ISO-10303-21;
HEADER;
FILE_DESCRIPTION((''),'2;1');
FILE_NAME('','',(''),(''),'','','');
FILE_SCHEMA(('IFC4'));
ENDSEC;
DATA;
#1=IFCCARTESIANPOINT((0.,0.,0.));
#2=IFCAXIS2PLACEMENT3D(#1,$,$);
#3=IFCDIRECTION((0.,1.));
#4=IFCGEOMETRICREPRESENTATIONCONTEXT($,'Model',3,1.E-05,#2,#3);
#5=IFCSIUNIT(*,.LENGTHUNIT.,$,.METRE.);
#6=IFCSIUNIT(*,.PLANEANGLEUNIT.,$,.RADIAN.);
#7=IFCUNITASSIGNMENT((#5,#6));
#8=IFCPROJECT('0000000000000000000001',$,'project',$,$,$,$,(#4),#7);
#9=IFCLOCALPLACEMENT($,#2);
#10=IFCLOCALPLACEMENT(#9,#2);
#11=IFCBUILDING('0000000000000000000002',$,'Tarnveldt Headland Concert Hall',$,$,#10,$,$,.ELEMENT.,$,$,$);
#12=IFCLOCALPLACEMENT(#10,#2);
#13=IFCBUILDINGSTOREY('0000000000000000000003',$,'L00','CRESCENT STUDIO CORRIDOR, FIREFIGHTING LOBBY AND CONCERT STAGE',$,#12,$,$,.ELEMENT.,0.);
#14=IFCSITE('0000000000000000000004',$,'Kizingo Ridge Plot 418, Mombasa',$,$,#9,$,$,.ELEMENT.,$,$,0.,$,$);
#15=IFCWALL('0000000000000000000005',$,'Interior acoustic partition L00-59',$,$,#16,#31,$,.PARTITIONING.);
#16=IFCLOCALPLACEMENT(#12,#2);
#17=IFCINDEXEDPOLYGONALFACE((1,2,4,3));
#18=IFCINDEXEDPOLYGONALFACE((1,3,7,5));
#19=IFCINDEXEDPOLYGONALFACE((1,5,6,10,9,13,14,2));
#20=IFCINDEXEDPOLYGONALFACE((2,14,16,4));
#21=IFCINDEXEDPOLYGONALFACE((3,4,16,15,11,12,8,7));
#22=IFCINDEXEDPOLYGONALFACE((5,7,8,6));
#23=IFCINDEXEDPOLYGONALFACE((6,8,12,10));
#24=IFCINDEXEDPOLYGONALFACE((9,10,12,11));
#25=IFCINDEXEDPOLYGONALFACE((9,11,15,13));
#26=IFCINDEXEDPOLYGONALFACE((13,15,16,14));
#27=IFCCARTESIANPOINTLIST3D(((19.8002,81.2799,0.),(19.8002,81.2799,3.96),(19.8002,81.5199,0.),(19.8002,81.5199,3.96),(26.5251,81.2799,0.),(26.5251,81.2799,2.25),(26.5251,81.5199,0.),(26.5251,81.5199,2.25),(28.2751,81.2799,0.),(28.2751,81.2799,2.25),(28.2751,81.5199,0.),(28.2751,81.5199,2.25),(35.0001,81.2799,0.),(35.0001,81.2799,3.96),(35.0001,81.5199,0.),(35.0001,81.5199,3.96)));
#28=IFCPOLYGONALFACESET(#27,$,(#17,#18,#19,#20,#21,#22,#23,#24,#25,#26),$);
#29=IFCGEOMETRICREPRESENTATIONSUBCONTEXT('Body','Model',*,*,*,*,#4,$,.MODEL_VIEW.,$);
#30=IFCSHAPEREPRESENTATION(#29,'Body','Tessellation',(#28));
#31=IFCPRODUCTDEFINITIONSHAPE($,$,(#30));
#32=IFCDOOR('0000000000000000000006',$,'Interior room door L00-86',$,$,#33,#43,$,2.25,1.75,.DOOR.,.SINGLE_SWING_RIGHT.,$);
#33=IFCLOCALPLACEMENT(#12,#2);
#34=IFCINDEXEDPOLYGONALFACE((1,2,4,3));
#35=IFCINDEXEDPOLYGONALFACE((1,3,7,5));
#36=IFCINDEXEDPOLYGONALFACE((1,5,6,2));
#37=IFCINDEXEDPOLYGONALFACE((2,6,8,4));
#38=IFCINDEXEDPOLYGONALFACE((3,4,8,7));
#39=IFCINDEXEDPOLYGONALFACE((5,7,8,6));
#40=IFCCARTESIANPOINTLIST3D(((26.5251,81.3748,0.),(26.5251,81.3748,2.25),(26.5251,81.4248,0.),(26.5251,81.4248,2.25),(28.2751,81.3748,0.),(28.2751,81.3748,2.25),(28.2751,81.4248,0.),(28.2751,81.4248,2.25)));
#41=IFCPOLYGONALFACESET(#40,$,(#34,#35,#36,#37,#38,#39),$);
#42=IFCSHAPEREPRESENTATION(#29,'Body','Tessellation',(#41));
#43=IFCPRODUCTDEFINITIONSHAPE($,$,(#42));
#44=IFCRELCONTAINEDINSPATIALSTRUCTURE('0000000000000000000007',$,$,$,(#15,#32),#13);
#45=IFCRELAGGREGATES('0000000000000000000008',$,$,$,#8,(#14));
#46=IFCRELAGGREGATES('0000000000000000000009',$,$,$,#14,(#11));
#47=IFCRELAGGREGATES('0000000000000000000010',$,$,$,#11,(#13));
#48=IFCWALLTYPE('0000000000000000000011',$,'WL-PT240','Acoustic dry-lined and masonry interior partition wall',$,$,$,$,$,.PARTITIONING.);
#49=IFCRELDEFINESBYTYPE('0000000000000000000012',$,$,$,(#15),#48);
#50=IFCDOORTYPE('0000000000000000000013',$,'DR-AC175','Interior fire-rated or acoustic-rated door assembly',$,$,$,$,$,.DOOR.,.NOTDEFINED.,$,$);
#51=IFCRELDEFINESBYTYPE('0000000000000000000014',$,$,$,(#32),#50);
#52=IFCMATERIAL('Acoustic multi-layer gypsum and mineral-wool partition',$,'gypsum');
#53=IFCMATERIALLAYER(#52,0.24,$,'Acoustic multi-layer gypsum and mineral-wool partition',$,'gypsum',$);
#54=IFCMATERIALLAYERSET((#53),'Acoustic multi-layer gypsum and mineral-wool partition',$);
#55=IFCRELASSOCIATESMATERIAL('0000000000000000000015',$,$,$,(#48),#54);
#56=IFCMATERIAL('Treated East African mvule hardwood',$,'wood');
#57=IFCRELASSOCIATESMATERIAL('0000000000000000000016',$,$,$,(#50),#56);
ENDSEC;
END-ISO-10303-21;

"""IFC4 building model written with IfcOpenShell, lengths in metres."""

from ifc_helpers import new_model, si_unit, direction, frame, frame_2d, origin, place, context, subcontext, project, spatial, rectangle, extrude, material, layer, layer_set, type_object, element, fill, save


model = new_model("IFC4")

# Units and contexts
model_context = context("Model", 3, precision=1e-05, world=origin(), true_north=direction((0.0, 1.0)))
body_context = subcontext(model_context, "Body", "Model", "MODEL_VIEW")
ifc_project = project(units=[si_unit("LENGTHUNIT", "METRE"), si_unit("PLANEANGLEUNIT", "RADIAN")], contexts=[model_context])

# Site, building, storey
site_placement = place(None, origin())
site = spatial("IfcSite", under=ifc_project, at=site_placement, Name="Kizingo Ridge Plot 418, Mombasa", CompositionType="ELEMENT", RefElevation=0.0)
building_placement = place(site_placement, origin())
building = spatial("IfcBuilding", under=site, at=building_placement, Name="Tarnveldt Headland Concert Hall", CompositionType="ELEMENT")
storey_placement = place(building_placement, origin())
storey = spatial("IfcBuildingStorey", under=building, at=storey_placement, Name="L00", Description="CRESCENT STUDIO CORRIDOR, FIREFIGHTING LOBBY AND CONCERT STAGE", CompositionType="ELEMENT", Elevation=0.0)

# Wall, opening, door
ifc_material_1 = material(Name="Acoustic multi-layer gypsum and mineral-wool partition", Category="gypsum")
ifc_material_2 = material(Name="Treated East African mvule hardwood", Category="wood")
ifc_layer_1 = layer(ifc_material_1, 0.24, Name="Acoustic multi-layer gypsum and mineral-wool partition", Category="gypsum")
ifc_layer_set_1 = layer_set([ifc_layer_1], Name="Acoustic multi-layer gypsum and mineral-wool partition")
wall_type_1 = type_object("IfcWallType", Name="WL-PT240", Description="Acoustic dry-lined and masonry interior partition wall", PredefinedType="PARTITIONING", material=ifc_layer_set_1)
wall_1_placement = place(storey_placement, frame((19.8, 81.3999, 0.0), z_axis=(0.0, 0.0, 1.0), x_axis=(1.0, 0.0, 0.0)))
wall_1 = element("IfcWall", 1, at=wall_1_placement, inside=storey, type_object=wall_type_1, Name="Interior acoustic partition L00-59", PredefinedType="PARTITIONING", context=body_context, shape_type="SweptSolid", body=[
    extrude(rectangle(XDim=15.2, YDim=0.24, at=frame_2d((7.6001, 0.0))), origin(), (0.0, 0.0, 1.0), 3.96),
])
opening_1_placement = place(wall_1_placement, frame((6.7251, 0.0, 0.0)))
opening_1 = element("IfcOpeningElement", 2, at=opening_1_placement, cuts=wall_1, PredefinedType="OPENING", context=body_context, shape_type="SweptSolid", body=[
    extrude(rectangle(XDim=1.75, YDim=2.25, at=frame_2d((0.875, 1.125))), frame((0.0, 0.1299, 0.0), z_axis=(0.0, -1.0, 0.0), x_axis=(1.0, 0.0, 0.0)), (0.0, 0.0, 1.0), 0.26),
])
door_type_1 = type_object("IfcDoorType", Name="DR-AC175", Description="Interior fire-rated or acoustic-rated door assembly", OperationType="NOTDEFINED", PredefinedType="DOOR", material=ifc_material_2)
door_1_placement = place(opening_1_placement, origin())
door_1 = element("IfcDoor", 3, at=door_1_placement, inside=storey, type_object=door_type_1, Name="Interior room door L00-86", OperationType="SINGLE_SWING_RIGHT", OverallHeight=2.25, OverallWidth=1.75, PredefinedType="DOOR", context=body_context, shape_type="SweptSolid", body=[
    extrude(rectangle(XDim=1.75, YDim=2.25, at=frame_2d((0.875, 1.125))), frame((0.0, 0.0249, 0.0), z_axis=(0.0, -1.0, 0.0), x_axis=(1.0, 0.0, 0.0)), (0.0, 0.0, 1.0), 0.05),
])
fill(opening_1, door_1)

save(model, "model.ifc")
